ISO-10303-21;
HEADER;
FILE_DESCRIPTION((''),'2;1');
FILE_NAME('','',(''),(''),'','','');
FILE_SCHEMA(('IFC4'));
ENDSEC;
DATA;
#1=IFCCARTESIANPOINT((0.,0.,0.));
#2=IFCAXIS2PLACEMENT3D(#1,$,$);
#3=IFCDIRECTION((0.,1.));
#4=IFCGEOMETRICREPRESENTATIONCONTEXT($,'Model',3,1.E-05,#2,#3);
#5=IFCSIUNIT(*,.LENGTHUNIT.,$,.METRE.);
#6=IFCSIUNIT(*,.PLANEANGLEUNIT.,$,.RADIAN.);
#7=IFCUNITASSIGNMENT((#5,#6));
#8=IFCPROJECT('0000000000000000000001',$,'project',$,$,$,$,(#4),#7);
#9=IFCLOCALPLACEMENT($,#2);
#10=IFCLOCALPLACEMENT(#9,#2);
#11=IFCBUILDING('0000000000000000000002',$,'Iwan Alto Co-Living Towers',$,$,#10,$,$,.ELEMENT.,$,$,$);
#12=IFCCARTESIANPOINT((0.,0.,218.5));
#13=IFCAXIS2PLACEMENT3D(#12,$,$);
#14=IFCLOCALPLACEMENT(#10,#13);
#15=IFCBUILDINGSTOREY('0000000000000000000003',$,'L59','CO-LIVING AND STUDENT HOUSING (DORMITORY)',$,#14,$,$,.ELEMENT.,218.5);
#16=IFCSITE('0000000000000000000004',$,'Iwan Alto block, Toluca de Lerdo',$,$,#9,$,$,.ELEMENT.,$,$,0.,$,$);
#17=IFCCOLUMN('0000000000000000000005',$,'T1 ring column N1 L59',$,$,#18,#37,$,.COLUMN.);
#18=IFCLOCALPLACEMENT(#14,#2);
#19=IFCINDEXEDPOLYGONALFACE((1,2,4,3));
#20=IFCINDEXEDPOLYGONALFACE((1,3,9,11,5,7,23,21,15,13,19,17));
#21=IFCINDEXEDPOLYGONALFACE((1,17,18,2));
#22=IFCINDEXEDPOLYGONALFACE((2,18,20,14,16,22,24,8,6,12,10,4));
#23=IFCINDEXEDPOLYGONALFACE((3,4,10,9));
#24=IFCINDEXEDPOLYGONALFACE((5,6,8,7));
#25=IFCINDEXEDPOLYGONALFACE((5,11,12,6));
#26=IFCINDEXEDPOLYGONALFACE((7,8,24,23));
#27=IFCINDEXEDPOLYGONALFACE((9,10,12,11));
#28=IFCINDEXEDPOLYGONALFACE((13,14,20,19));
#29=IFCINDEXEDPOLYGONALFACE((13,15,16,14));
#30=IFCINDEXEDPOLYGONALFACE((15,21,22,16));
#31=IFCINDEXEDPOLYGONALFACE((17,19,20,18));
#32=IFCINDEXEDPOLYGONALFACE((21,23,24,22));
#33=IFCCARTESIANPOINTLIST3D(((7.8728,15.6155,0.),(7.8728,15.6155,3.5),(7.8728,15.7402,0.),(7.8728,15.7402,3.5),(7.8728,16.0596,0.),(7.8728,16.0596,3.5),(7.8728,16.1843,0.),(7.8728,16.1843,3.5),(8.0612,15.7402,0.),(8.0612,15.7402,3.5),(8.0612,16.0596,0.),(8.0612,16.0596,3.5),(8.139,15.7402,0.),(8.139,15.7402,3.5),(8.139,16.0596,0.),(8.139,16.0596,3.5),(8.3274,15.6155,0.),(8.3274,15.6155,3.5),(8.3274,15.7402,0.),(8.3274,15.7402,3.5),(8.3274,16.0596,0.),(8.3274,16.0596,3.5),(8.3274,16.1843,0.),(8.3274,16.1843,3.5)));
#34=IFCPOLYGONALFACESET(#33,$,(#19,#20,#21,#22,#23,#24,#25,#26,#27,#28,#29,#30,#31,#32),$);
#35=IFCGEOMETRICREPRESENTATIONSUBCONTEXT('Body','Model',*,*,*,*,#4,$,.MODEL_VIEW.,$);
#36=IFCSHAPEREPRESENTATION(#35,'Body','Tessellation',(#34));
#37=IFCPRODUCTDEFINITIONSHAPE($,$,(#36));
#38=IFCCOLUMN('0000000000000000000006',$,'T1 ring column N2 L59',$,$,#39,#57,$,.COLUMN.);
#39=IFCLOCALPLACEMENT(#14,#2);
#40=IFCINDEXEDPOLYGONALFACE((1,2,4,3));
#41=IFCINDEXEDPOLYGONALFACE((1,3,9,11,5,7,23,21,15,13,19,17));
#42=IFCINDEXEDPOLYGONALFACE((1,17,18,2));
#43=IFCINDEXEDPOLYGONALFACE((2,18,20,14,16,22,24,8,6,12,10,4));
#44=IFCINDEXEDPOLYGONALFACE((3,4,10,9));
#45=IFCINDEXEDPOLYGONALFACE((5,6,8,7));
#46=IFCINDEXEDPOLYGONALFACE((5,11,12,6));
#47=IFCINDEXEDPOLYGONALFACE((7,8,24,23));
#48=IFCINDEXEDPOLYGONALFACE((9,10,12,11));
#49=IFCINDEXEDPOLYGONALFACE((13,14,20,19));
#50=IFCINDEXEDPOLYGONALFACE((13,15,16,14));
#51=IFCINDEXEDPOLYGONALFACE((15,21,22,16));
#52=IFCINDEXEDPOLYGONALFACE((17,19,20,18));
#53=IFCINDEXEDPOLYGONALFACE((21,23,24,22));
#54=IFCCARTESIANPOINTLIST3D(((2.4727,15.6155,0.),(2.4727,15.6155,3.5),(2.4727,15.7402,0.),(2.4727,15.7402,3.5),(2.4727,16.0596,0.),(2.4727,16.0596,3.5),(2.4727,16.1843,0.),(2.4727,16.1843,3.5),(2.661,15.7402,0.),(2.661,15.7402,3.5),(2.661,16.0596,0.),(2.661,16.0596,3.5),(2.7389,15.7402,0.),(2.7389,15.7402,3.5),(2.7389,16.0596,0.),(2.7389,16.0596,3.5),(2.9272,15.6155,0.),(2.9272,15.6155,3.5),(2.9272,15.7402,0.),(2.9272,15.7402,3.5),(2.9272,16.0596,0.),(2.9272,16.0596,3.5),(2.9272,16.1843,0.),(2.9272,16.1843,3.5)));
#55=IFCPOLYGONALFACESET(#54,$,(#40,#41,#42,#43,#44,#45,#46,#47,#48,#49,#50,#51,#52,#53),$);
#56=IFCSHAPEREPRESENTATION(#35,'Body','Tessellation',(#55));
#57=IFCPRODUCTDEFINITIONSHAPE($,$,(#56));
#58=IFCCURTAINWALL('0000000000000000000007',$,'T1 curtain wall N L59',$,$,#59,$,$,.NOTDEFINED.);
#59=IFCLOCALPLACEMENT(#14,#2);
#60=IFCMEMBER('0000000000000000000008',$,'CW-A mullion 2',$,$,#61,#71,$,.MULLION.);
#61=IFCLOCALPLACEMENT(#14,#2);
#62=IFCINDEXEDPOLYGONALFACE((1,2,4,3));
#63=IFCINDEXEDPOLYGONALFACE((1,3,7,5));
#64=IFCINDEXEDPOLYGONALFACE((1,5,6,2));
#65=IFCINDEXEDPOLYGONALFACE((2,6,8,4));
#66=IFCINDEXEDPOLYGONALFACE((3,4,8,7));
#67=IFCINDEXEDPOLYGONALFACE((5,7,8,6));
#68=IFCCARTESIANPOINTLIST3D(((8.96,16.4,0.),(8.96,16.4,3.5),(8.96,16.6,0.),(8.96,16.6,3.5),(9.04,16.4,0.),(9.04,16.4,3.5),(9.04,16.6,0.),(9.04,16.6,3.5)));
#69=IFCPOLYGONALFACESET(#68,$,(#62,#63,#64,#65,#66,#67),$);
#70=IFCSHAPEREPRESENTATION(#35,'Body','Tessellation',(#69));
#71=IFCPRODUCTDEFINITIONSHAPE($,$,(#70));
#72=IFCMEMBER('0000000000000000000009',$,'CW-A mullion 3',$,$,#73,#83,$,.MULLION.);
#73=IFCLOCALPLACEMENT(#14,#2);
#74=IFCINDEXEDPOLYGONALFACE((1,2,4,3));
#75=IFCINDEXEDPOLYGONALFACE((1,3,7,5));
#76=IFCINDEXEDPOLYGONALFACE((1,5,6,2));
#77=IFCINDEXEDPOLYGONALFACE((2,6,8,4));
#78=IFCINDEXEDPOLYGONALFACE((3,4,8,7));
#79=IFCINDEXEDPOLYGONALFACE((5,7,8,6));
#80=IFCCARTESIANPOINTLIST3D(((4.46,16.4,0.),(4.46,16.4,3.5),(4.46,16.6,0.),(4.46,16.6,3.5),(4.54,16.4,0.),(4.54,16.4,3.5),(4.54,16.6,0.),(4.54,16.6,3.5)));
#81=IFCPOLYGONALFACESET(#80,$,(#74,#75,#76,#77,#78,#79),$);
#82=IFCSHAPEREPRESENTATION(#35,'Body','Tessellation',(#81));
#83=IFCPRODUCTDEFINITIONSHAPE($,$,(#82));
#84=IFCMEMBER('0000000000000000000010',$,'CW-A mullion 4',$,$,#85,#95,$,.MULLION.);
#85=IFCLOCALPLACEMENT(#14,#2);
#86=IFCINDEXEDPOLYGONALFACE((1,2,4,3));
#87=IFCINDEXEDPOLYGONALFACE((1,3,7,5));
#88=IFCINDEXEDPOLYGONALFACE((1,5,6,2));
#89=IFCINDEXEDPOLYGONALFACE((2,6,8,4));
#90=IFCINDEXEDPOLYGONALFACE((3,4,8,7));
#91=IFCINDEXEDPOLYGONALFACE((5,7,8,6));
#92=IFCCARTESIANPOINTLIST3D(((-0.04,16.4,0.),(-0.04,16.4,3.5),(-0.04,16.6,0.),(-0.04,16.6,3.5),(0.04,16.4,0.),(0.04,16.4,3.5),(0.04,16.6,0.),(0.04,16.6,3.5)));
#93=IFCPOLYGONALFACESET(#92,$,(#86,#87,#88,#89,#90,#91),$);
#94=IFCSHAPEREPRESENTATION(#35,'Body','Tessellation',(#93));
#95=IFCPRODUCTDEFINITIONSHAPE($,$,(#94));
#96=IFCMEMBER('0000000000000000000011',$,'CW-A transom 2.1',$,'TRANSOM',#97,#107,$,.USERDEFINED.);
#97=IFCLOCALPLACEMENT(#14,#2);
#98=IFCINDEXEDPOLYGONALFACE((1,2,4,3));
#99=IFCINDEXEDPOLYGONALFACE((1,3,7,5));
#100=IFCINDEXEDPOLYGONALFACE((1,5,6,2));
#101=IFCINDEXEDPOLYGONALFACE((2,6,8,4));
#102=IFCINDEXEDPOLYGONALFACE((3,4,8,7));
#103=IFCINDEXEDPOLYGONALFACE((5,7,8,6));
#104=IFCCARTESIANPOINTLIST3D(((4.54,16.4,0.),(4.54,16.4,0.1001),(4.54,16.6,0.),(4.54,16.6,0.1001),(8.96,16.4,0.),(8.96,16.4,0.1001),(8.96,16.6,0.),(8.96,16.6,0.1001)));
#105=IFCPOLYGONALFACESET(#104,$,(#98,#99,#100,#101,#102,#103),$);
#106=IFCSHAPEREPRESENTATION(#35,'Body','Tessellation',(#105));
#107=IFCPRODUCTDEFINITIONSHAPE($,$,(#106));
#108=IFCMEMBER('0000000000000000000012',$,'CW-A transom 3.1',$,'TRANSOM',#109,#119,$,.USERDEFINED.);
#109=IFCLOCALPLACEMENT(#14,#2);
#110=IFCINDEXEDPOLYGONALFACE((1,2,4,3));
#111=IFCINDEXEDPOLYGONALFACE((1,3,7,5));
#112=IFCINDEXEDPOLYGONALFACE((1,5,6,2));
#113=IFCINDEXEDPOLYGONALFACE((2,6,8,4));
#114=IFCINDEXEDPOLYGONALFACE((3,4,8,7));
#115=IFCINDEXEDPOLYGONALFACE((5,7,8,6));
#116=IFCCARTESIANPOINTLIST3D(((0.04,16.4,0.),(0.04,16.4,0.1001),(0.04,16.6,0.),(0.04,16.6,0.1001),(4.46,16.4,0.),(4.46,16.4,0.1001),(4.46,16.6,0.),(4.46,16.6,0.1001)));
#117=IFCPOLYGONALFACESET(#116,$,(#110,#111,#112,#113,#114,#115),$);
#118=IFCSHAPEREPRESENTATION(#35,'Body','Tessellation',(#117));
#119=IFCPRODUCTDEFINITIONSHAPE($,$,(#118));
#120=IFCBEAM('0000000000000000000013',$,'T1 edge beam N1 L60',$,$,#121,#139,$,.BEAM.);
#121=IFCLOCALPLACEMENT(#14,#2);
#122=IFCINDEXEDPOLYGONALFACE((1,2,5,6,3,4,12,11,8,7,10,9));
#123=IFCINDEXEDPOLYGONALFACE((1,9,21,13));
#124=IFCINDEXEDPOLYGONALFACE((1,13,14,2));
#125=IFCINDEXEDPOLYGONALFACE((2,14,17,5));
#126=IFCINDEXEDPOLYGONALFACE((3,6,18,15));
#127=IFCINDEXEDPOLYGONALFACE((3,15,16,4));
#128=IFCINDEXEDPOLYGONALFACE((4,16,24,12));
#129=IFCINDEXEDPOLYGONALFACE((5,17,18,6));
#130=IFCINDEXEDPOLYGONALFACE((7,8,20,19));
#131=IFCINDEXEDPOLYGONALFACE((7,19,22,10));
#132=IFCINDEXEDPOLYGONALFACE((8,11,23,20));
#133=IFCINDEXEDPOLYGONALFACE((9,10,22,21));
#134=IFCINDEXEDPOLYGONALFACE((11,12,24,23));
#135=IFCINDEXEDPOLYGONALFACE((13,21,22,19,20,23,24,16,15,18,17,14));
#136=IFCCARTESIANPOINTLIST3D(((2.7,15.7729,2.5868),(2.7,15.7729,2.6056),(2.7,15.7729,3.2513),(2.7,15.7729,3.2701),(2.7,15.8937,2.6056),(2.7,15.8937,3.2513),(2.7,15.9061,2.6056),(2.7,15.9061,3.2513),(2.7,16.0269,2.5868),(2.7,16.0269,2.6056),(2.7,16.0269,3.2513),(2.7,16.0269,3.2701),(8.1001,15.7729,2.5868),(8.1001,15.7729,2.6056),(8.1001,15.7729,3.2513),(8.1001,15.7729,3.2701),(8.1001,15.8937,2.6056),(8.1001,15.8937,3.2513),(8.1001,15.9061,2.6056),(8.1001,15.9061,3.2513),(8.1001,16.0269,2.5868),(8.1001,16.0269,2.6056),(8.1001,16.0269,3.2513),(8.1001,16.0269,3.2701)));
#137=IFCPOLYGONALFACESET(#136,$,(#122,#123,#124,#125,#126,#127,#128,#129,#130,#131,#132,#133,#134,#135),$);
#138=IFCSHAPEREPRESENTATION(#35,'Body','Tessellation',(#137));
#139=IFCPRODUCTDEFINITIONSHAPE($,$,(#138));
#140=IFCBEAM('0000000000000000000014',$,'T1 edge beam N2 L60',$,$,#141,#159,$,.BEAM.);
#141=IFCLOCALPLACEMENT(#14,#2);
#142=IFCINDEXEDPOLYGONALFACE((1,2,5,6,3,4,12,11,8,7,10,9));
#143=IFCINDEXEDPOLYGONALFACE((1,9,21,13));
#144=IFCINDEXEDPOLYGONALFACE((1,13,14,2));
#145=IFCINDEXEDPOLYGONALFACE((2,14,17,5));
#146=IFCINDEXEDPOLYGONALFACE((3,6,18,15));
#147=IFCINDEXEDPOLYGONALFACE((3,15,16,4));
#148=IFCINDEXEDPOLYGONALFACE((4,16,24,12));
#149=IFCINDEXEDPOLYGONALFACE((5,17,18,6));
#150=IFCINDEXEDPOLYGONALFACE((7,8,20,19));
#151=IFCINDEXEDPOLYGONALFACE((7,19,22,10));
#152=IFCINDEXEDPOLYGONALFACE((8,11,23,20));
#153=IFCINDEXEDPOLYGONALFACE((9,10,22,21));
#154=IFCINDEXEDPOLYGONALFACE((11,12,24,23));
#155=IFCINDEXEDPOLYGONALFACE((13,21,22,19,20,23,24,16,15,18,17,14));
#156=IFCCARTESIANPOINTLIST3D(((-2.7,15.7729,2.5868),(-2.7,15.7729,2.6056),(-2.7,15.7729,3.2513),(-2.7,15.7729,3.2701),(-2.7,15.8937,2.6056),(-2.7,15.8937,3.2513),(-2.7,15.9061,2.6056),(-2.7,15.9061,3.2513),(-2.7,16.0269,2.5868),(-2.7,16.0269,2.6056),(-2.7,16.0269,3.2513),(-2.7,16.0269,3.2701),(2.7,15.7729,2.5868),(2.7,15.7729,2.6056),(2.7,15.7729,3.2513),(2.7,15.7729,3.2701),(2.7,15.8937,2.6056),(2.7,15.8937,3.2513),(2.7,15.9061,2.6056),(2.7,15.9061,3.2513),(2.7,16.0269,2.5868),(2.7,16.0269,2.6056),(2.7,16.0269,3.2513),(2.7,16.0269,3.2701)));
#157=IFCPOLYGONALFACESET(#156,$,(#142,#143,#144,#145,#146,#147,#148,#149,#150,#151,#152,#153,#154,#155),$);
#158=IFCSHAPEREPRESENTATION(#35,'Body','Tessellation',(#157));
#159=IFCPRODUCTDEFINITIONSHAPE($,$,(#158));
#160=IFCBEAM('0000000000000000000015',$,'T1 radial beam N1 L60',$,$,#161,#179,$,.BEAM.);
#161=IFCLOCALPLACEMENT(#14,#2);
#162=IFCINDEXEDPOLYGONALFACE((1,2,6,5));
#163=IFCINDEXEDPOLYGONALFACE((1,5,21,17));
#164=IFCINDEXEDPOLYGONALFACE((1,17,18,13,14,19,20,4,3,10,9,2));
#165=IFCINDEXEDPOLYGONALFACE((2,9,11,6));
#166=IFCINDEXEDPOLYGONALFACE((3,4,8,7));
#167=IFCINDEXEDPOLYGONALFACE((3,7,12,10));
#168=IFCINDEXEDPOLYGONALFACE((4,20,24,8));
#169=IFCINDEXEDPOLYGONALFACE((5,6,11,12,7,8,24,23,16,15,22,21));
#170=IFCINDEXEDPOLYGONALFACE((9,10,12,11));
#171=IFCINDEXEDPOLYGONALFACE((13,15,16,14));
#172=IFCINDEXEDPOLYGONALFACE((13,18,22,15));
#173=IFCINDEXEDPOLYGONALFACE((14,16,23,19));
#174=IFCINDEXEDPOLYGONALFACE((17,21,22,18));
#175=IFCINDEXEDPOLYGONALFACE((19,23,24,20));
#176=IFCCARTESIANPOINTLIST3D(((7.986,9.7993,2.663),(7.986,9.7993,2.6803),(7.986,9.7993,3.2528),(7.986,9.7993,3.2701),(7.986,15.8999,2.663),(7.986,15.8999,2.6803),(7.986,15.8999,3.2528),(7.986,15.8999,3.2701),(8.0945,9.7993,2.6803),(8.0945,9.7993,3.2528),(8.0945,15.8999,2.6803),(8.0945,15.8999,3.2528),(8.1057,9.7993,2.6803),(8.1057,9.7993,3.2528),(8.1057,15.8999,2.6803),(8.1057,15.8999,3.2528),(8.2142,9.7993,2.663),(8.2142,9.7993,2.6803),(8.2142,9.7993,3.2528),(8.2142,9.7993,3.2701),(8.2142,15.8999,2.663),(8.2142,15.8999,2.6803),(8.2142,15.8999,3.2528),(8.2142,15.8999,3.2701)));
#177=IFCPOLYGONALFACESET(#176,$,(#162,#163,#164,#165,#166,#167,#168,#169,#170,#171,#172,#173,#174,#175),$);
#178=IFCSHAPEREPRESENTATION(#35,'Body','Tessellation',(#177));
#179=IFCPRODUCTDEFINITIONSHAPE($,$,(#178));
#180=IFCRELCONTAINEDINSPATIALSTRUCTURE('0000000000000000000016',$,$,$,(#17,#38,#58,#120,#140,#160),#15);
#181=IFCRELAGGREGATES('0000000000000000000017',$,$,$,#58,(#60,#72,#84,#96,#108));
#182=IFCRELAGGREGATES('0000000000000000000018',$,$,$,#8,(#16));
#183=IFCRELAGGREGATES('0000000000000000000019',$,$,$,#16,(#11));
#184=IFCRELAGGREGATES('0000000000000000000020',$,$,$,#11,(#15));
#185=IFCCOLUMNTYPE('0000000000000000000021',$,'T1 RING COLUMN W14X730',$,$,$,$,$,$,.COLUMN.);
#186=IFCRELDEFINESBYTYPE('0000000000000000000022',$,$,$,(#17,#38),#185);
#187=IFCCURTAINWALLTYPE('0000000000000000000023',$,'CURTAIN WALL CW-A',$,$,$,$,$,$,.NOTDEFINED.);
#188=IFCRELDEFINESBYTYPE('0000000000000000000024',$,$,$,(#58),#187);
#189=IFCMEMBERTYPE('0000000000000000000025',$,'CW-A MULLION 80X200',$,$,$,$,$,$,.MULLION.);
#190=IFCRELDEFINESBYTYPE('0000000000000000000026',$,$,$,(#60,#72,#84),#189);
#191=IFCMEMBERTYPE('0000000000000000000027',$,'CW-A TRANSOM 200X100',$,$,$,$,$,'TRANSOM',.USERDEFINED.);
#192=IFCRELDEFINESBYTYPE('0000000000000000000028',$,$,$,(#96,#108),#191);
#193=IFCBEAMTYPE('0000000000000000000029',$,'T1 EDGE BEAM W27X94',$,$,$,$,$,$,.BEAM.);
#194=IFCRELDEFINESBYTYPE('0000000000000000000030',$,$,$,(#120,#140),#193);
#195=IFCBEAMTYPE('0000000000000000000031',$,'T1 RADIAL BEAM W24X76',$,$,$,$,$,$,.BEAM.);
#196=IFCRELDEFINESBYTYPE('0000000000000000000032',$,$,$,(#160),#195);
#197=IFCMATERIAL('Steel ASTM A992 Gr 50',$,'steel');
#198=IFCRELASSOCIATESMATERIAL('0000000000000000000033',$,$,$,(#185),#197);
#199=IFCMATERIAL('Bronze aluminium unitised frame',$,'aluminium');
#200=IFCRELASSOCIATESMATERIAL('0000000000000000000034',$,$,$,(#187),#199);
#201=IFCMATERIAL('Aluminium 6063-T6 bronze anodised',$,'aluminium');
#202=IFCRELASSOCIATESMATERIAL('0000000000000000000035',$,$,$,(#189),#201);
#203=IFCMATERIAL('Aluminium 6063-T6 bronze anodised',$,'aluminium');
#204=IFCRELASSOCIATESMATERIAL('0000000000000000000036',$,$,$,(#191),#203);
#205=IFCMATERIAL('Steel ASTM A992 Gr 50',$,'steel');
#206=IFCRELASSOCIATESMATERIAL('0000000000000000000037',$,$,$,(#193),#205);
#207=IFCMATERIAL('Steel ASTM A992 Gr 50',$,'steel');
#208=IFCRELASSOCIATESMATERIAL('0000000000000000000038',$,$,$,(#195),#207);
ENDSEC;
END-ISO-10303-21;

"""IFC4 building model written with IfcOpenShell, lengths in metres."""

from ifc_helpers import new_model, si_unit, direction, frame, origin, origin_2d, place, context, subcontext, project, spatial, rectangle, i_section, extrude, material, material_profile, profile_set, type_object, element, aggregate, save


model = new_model("IFC4")

# Units and contexts
model_context = context("Model", 3, precision=1e-05, world=origin(), true_north=direction((0.0, 1.0)))
body_context = subcontext(model_context, "Body", "Model", "MODEL_VIEW")
ifc_project = project(units=[si_unit("LENGTHUNIT", "METRE"), si_unit("PLANEANGLEUNIT", "RADIAN")], contexts=[model_context])

# Site, building, storey
site_placement = place(None, origin())
site = spatial("IfcSite", under=ifc_project, at=site_placement, Name="Iwan Alto block, Toluca de Lerdo", CompositionType="ELEMENT", RefElevation=0.0)
building_placement = place(site_placement, origin())
building = spatial("IfcBuilding", under=site, at=building_placement, Name="Iwan Alto Co-Living Towers", CompositionType="ELEMENT")
storey_placement = place(building_placement, frame((0.0, 0.0, 218.5)))
storey = spatial("IfcBuildingStorey", under=building, at=storey_placement, Name="L59", Description="CO-LIVING AND STUDENT HOUSING (DORMITORY)", CompositionType="ELEMENT", Elevation=218.5)

# Columns
ifc_material_1 = material(Name="Steel ASTM A992 Gr 50", Category="steel")
ifc_material_profile_1 = material_profile(ifc_material_1, i_section(OverallWidth=0.4546, OverallDepth=0.5688, WebThickness=0.0779, FlangeThickness=0.1248, at=origin_2d()), Name="W14X730")
ifc_profile_set_1 = profile_set([ifc_material_profile_1], Name="Steel ASTM A992 Gr 50")
column_type = type_object("IfcColumnType", Name="T1 RING COLUMN W14X730", PredefinedType="COLUMN", material=ifc_profile_set_1)
for number, where, z_axis, x_axis, name in (
    (1, (8.1001, 15.8999, 0.0), (0.0, 0.0, 1.0), (1.0, 0.0, 0.0), "T1 ring column N1 L59"),
    (2, (2.7, 15.8999, 0.0), (0.0, 0.0, 1.0), (1.0, 0.0, 0.0), "T1 ring column N2 L59"),
):
    element("IfcColumn", number, at=place(storey_placement, frame(where, z_axis=z_axis, x_axis=x_axis)), inside=storey, type_object=column_type, Name=name, PredefinedType="COLUMN", context=body_context, shape_type="SweptSolid", body=[
        extrude(i_section(OverallWidth=0.4546, OverallDepth=0.5688, WebThickness=0.0779, FlangeThickness=0.1248, at=origin_2d()), origin(), (0.0, 0.0, 1.0), 3.5),
    ])

# Curtain wall, members
ifc_material_2 = material(Name="Bronze aluminium unitised frame", Category="aluminium")
curtain_wall_type = type_object("IfcCurtainWallType", Name="CURTAIN WALL CW-A", PredefinedType="NOTDEFINED", material=ifc_material_2)
curtain_wall_placement = place(storey_placement, origin())
curtain_wall = element("IfcCurtainWall", 3, at=curtain_wall_placement, inside=storey, type_object=curtain_wall_type, Name="T1 curtain wall N L59", PredefinedType="NOTDEFINED")
ifc_material_3 = material(Name="Aluminium 6063-T6 bronze anodised", Category="aluminium")
ifc_material_profile_2 = material_profile(ifc_material_3, rectangle(XDim=0.2, YDim=0.0801, at=origin_2d()), Name="AL 80X200")
ifc_profile_set_2 = profile_set([ifc_material_profile_2], Name="Aluminium 6063-T6 bronze anodised")
member_type_1 = type_object("IfcMemberType", Name="CW-A MULLION 80X200", PredefinedType="MULLION", material=ifc_profile_set_2)
member_1_placement = place(storey_placement, frame((9.0, 16.5, 0.0), z_axis=(0.0, 0.0, 1.0), x_axis=(0.0, -1.0, 0.0)))
member_1 = element("IfcMember", 4, at=member_1_placement, type_object=member_type_1, Name="CW-A mullion 2", PredefinedType="MULLION", context=body_context, shape_type="SweptSolid", body=[
    extrude(rectangle(XDim=0.2, YDim=0.0801, at=origin_2d()), origin(), (0.0, 0.0, 1.0), 3.5),
])
member_2_placement = place(storey_placement, frame((4.5, 16.5, 0.0), z_axis=(0.0, 0.0, 1.0), x_axis=(0.0, -1.0, 0.0)))
member_2 = element("IfcMember", 5, at=member_2_placement, type_object=member_type_1, Name="CW-A mullion 3", PredefinedType="MULLION", context=body_context, shape_type="SweptSolid", body=[
    extrude(rectangle(XDim=0.2, YDim=0.0801, at=origin_2d()), origin(), (0.0, 0.0, 1.0), 3.5),
])
member_3_placement = place(storey_placement, frame((0.0, 16.5, 0.0), z_axis=(0.0, 0.0, 1.0), x_axis=(0.0, -1.0, 0.0)))
member_3 = element("IfcMember", 6, at=member_3_placement, type_object=member_type_1, Name="CW-A mullion 4", PredefinedType="MULLION", context=body_context, shape_type="SweptSolid", body=[
    extrude(rectangle(XDim=0.2, YDim=0.0801, at=origin_2d()), origin(), (0.0, 0.0, 1.0), 3.5),
])
ifc_material_4 = material(Name="Aluminium 6063-T6 bronze anodised", Category="aluminium")
ifc_material_profile_3 = material_profile(ifc_material_4, rectangle(XDim=0.2, YDim=0.1001, at=origin_2d()), Name="AL 200X100")
ifc_profile_set_3 = profile_set([ifc_material_profile_3], Name="Aluminium 6063-T6 bronze anodised")
member_type_2 = type_object("IfcMemberType", Name="CW-A TRANSOM 200X100", ElementType="TRANSOM", PredefinedType="USERDEFINED", material=ifc_profile_set_3)
member_4_placement = place(storey_placement, frame((8.96, 16.5, 0.05), z_axis=(-1.0, 0.0, 0.0), x_axis=(0.0, -1.0, 0.0)))
member_4 = element("IfcMember", 7, at=member_4_placement, type_object=member_type_2, Name="CW-A transom 2.1", ObjectType="TRANSOM", PredefinedType="USERDEFINED", context=body_context, shape_type="SweptSolid", body=[
    extrude(rectangle(XDim=0.2, YDim=0.1001, at=origin_2d()), origin(), (0.0, 0.0, 1.0), 4.4199),
])
member_5_placement = place(storey_placement, frame((4.46, 16.5, 0.05), z_axis=(-1.0, 0.0, 0.0), x_axis=(0.0, -1.0, 0.0)))
member_5 = element("IfcMember", 8, at=member_5_placement, type_object=member_type_2, Name="CW-A transom 3.1", ObjectType="TRANSOM", PredefinedType="USERDEFINED", context=body_context, shape_type="SweptSolid", body=[
    extrude(rectangle(XDim=0.2, YDim=0.1001, at=origin_2d()), origin(), (0.0, 0.0, 1.0), 4.4199),
])

# Beams
ifc_material_5 = material(Name="Steel ASTM A992 Gr 50", Category="steel")
ifc_material_profile_4 = material_profile(ifc_material_5, i_section(OverallWidth=0.2539, OverallDepth=0.6833, WebThickness=0.0125, FlangeThickness=0.0188, at=origin_2d()), Name="W27X94")
ifc_profile_set_4 = profile_set([ifc_material_profile_4], Name="Steel ASTM A992 Gr 50")
beam_type_1 = type_object("IfcBeamType", Name="T1 EDGE BEAM W27X94", PredefinedType="BEAM", material=ifc_profile_set_4)
beam_1_placement = place(storey_placement, frame((8.1001, 15.8999, 2.9285), z_axis=(-1.0, 0.0, 0.0), x_axis=(0.0, -1.0, 0.0)))
element("IfcBeam", 9, at=beam_1_placement, inside=storey, type_object=beam_type_1, Name="T1 edge beam N1 L60", PredefinedType="BEAM", context=body_context, shape_type="SweptSolid", body=[
    extrude(i_section(OverallWidth=0.2539, OverallDepth=0.6833, WebThickness=0.0125, FlangeThickness=0.0188, at=origin_2d()), origin(), (0.0, 0.0, 1.0), 5.4001),
])
beam_2_placement = place(storey_placement, frame((2.7, 15.8999, 2.9285), z_axis=(-1.0, 0.0, 0.0), x_axis=(0.0, -1.0, 0.0)))
element("IfcBeam", 10, at=beam_2_placement, inside=storey, type_object=beam_type_1, Name="T1 edge beam N2 L60", PredefinedType="BEAM", context=body_context, shape_type="SweptSolid", body=[
    extrude(i_section(OverallWidth=0.2539, OverallDepth=0.6833, WebThickness=0.0125, FlangeThickness=0.0188, at=origin_2d()), origin(), (0.0, 0.0, 1.0), 5.3999),
])
ifc_material_6 = material(Name="Steel ASTM A992 Gr 50", Category="steel")
ifc_material_profile_5 = material_profile(ifc_material_6, i_section(OverallWidth=0.2283, OverallDepth=0.6072, WebThickness=0.0112, FlangeThickness=0.0173, at=origin_2d()), Name="W24X76")
ifc_profile_set_5 = profile_set([ifc_material_profile_5], Name="Steel ASTM A992 Gr 50")
beam_type_2 = type_object("IfcBeamType", Name="T1 RADIAL BEAM W24X76", PredefinedType="BEAM", material=ifc_profile_set_5)
for number, where, z_axis, x_axis, name in (
    (11, (8.1001, 15.8999, 2.9666), (0.0, -1.0, 0.0), (1.0, 0.0, 0.0), "T1 radial beam N1 L60"),
):
    element("IfcBeam", number, at=place(storey_placement, frame(where, z_axis=z_axis, x_axis=x_axis)), inside=storey, type_object=beam_type_2, Name=name, PredefinedType="BEAM", context=body_context, shape_type="SweptSolid", body=[
        extrude(i_section(OverallWidth=0.2283, OverallDepth=0.6072, WebThickness=0.0112, FlangeThickness=0.0173, at=origin_2d()), origin(), (0.0, 0.0, 1.0), 6.1006),
    ])

aggregate(curtain_wall, [member_1, member_2, member_3, member_4, member_5])

save(model, "model.ifc")
